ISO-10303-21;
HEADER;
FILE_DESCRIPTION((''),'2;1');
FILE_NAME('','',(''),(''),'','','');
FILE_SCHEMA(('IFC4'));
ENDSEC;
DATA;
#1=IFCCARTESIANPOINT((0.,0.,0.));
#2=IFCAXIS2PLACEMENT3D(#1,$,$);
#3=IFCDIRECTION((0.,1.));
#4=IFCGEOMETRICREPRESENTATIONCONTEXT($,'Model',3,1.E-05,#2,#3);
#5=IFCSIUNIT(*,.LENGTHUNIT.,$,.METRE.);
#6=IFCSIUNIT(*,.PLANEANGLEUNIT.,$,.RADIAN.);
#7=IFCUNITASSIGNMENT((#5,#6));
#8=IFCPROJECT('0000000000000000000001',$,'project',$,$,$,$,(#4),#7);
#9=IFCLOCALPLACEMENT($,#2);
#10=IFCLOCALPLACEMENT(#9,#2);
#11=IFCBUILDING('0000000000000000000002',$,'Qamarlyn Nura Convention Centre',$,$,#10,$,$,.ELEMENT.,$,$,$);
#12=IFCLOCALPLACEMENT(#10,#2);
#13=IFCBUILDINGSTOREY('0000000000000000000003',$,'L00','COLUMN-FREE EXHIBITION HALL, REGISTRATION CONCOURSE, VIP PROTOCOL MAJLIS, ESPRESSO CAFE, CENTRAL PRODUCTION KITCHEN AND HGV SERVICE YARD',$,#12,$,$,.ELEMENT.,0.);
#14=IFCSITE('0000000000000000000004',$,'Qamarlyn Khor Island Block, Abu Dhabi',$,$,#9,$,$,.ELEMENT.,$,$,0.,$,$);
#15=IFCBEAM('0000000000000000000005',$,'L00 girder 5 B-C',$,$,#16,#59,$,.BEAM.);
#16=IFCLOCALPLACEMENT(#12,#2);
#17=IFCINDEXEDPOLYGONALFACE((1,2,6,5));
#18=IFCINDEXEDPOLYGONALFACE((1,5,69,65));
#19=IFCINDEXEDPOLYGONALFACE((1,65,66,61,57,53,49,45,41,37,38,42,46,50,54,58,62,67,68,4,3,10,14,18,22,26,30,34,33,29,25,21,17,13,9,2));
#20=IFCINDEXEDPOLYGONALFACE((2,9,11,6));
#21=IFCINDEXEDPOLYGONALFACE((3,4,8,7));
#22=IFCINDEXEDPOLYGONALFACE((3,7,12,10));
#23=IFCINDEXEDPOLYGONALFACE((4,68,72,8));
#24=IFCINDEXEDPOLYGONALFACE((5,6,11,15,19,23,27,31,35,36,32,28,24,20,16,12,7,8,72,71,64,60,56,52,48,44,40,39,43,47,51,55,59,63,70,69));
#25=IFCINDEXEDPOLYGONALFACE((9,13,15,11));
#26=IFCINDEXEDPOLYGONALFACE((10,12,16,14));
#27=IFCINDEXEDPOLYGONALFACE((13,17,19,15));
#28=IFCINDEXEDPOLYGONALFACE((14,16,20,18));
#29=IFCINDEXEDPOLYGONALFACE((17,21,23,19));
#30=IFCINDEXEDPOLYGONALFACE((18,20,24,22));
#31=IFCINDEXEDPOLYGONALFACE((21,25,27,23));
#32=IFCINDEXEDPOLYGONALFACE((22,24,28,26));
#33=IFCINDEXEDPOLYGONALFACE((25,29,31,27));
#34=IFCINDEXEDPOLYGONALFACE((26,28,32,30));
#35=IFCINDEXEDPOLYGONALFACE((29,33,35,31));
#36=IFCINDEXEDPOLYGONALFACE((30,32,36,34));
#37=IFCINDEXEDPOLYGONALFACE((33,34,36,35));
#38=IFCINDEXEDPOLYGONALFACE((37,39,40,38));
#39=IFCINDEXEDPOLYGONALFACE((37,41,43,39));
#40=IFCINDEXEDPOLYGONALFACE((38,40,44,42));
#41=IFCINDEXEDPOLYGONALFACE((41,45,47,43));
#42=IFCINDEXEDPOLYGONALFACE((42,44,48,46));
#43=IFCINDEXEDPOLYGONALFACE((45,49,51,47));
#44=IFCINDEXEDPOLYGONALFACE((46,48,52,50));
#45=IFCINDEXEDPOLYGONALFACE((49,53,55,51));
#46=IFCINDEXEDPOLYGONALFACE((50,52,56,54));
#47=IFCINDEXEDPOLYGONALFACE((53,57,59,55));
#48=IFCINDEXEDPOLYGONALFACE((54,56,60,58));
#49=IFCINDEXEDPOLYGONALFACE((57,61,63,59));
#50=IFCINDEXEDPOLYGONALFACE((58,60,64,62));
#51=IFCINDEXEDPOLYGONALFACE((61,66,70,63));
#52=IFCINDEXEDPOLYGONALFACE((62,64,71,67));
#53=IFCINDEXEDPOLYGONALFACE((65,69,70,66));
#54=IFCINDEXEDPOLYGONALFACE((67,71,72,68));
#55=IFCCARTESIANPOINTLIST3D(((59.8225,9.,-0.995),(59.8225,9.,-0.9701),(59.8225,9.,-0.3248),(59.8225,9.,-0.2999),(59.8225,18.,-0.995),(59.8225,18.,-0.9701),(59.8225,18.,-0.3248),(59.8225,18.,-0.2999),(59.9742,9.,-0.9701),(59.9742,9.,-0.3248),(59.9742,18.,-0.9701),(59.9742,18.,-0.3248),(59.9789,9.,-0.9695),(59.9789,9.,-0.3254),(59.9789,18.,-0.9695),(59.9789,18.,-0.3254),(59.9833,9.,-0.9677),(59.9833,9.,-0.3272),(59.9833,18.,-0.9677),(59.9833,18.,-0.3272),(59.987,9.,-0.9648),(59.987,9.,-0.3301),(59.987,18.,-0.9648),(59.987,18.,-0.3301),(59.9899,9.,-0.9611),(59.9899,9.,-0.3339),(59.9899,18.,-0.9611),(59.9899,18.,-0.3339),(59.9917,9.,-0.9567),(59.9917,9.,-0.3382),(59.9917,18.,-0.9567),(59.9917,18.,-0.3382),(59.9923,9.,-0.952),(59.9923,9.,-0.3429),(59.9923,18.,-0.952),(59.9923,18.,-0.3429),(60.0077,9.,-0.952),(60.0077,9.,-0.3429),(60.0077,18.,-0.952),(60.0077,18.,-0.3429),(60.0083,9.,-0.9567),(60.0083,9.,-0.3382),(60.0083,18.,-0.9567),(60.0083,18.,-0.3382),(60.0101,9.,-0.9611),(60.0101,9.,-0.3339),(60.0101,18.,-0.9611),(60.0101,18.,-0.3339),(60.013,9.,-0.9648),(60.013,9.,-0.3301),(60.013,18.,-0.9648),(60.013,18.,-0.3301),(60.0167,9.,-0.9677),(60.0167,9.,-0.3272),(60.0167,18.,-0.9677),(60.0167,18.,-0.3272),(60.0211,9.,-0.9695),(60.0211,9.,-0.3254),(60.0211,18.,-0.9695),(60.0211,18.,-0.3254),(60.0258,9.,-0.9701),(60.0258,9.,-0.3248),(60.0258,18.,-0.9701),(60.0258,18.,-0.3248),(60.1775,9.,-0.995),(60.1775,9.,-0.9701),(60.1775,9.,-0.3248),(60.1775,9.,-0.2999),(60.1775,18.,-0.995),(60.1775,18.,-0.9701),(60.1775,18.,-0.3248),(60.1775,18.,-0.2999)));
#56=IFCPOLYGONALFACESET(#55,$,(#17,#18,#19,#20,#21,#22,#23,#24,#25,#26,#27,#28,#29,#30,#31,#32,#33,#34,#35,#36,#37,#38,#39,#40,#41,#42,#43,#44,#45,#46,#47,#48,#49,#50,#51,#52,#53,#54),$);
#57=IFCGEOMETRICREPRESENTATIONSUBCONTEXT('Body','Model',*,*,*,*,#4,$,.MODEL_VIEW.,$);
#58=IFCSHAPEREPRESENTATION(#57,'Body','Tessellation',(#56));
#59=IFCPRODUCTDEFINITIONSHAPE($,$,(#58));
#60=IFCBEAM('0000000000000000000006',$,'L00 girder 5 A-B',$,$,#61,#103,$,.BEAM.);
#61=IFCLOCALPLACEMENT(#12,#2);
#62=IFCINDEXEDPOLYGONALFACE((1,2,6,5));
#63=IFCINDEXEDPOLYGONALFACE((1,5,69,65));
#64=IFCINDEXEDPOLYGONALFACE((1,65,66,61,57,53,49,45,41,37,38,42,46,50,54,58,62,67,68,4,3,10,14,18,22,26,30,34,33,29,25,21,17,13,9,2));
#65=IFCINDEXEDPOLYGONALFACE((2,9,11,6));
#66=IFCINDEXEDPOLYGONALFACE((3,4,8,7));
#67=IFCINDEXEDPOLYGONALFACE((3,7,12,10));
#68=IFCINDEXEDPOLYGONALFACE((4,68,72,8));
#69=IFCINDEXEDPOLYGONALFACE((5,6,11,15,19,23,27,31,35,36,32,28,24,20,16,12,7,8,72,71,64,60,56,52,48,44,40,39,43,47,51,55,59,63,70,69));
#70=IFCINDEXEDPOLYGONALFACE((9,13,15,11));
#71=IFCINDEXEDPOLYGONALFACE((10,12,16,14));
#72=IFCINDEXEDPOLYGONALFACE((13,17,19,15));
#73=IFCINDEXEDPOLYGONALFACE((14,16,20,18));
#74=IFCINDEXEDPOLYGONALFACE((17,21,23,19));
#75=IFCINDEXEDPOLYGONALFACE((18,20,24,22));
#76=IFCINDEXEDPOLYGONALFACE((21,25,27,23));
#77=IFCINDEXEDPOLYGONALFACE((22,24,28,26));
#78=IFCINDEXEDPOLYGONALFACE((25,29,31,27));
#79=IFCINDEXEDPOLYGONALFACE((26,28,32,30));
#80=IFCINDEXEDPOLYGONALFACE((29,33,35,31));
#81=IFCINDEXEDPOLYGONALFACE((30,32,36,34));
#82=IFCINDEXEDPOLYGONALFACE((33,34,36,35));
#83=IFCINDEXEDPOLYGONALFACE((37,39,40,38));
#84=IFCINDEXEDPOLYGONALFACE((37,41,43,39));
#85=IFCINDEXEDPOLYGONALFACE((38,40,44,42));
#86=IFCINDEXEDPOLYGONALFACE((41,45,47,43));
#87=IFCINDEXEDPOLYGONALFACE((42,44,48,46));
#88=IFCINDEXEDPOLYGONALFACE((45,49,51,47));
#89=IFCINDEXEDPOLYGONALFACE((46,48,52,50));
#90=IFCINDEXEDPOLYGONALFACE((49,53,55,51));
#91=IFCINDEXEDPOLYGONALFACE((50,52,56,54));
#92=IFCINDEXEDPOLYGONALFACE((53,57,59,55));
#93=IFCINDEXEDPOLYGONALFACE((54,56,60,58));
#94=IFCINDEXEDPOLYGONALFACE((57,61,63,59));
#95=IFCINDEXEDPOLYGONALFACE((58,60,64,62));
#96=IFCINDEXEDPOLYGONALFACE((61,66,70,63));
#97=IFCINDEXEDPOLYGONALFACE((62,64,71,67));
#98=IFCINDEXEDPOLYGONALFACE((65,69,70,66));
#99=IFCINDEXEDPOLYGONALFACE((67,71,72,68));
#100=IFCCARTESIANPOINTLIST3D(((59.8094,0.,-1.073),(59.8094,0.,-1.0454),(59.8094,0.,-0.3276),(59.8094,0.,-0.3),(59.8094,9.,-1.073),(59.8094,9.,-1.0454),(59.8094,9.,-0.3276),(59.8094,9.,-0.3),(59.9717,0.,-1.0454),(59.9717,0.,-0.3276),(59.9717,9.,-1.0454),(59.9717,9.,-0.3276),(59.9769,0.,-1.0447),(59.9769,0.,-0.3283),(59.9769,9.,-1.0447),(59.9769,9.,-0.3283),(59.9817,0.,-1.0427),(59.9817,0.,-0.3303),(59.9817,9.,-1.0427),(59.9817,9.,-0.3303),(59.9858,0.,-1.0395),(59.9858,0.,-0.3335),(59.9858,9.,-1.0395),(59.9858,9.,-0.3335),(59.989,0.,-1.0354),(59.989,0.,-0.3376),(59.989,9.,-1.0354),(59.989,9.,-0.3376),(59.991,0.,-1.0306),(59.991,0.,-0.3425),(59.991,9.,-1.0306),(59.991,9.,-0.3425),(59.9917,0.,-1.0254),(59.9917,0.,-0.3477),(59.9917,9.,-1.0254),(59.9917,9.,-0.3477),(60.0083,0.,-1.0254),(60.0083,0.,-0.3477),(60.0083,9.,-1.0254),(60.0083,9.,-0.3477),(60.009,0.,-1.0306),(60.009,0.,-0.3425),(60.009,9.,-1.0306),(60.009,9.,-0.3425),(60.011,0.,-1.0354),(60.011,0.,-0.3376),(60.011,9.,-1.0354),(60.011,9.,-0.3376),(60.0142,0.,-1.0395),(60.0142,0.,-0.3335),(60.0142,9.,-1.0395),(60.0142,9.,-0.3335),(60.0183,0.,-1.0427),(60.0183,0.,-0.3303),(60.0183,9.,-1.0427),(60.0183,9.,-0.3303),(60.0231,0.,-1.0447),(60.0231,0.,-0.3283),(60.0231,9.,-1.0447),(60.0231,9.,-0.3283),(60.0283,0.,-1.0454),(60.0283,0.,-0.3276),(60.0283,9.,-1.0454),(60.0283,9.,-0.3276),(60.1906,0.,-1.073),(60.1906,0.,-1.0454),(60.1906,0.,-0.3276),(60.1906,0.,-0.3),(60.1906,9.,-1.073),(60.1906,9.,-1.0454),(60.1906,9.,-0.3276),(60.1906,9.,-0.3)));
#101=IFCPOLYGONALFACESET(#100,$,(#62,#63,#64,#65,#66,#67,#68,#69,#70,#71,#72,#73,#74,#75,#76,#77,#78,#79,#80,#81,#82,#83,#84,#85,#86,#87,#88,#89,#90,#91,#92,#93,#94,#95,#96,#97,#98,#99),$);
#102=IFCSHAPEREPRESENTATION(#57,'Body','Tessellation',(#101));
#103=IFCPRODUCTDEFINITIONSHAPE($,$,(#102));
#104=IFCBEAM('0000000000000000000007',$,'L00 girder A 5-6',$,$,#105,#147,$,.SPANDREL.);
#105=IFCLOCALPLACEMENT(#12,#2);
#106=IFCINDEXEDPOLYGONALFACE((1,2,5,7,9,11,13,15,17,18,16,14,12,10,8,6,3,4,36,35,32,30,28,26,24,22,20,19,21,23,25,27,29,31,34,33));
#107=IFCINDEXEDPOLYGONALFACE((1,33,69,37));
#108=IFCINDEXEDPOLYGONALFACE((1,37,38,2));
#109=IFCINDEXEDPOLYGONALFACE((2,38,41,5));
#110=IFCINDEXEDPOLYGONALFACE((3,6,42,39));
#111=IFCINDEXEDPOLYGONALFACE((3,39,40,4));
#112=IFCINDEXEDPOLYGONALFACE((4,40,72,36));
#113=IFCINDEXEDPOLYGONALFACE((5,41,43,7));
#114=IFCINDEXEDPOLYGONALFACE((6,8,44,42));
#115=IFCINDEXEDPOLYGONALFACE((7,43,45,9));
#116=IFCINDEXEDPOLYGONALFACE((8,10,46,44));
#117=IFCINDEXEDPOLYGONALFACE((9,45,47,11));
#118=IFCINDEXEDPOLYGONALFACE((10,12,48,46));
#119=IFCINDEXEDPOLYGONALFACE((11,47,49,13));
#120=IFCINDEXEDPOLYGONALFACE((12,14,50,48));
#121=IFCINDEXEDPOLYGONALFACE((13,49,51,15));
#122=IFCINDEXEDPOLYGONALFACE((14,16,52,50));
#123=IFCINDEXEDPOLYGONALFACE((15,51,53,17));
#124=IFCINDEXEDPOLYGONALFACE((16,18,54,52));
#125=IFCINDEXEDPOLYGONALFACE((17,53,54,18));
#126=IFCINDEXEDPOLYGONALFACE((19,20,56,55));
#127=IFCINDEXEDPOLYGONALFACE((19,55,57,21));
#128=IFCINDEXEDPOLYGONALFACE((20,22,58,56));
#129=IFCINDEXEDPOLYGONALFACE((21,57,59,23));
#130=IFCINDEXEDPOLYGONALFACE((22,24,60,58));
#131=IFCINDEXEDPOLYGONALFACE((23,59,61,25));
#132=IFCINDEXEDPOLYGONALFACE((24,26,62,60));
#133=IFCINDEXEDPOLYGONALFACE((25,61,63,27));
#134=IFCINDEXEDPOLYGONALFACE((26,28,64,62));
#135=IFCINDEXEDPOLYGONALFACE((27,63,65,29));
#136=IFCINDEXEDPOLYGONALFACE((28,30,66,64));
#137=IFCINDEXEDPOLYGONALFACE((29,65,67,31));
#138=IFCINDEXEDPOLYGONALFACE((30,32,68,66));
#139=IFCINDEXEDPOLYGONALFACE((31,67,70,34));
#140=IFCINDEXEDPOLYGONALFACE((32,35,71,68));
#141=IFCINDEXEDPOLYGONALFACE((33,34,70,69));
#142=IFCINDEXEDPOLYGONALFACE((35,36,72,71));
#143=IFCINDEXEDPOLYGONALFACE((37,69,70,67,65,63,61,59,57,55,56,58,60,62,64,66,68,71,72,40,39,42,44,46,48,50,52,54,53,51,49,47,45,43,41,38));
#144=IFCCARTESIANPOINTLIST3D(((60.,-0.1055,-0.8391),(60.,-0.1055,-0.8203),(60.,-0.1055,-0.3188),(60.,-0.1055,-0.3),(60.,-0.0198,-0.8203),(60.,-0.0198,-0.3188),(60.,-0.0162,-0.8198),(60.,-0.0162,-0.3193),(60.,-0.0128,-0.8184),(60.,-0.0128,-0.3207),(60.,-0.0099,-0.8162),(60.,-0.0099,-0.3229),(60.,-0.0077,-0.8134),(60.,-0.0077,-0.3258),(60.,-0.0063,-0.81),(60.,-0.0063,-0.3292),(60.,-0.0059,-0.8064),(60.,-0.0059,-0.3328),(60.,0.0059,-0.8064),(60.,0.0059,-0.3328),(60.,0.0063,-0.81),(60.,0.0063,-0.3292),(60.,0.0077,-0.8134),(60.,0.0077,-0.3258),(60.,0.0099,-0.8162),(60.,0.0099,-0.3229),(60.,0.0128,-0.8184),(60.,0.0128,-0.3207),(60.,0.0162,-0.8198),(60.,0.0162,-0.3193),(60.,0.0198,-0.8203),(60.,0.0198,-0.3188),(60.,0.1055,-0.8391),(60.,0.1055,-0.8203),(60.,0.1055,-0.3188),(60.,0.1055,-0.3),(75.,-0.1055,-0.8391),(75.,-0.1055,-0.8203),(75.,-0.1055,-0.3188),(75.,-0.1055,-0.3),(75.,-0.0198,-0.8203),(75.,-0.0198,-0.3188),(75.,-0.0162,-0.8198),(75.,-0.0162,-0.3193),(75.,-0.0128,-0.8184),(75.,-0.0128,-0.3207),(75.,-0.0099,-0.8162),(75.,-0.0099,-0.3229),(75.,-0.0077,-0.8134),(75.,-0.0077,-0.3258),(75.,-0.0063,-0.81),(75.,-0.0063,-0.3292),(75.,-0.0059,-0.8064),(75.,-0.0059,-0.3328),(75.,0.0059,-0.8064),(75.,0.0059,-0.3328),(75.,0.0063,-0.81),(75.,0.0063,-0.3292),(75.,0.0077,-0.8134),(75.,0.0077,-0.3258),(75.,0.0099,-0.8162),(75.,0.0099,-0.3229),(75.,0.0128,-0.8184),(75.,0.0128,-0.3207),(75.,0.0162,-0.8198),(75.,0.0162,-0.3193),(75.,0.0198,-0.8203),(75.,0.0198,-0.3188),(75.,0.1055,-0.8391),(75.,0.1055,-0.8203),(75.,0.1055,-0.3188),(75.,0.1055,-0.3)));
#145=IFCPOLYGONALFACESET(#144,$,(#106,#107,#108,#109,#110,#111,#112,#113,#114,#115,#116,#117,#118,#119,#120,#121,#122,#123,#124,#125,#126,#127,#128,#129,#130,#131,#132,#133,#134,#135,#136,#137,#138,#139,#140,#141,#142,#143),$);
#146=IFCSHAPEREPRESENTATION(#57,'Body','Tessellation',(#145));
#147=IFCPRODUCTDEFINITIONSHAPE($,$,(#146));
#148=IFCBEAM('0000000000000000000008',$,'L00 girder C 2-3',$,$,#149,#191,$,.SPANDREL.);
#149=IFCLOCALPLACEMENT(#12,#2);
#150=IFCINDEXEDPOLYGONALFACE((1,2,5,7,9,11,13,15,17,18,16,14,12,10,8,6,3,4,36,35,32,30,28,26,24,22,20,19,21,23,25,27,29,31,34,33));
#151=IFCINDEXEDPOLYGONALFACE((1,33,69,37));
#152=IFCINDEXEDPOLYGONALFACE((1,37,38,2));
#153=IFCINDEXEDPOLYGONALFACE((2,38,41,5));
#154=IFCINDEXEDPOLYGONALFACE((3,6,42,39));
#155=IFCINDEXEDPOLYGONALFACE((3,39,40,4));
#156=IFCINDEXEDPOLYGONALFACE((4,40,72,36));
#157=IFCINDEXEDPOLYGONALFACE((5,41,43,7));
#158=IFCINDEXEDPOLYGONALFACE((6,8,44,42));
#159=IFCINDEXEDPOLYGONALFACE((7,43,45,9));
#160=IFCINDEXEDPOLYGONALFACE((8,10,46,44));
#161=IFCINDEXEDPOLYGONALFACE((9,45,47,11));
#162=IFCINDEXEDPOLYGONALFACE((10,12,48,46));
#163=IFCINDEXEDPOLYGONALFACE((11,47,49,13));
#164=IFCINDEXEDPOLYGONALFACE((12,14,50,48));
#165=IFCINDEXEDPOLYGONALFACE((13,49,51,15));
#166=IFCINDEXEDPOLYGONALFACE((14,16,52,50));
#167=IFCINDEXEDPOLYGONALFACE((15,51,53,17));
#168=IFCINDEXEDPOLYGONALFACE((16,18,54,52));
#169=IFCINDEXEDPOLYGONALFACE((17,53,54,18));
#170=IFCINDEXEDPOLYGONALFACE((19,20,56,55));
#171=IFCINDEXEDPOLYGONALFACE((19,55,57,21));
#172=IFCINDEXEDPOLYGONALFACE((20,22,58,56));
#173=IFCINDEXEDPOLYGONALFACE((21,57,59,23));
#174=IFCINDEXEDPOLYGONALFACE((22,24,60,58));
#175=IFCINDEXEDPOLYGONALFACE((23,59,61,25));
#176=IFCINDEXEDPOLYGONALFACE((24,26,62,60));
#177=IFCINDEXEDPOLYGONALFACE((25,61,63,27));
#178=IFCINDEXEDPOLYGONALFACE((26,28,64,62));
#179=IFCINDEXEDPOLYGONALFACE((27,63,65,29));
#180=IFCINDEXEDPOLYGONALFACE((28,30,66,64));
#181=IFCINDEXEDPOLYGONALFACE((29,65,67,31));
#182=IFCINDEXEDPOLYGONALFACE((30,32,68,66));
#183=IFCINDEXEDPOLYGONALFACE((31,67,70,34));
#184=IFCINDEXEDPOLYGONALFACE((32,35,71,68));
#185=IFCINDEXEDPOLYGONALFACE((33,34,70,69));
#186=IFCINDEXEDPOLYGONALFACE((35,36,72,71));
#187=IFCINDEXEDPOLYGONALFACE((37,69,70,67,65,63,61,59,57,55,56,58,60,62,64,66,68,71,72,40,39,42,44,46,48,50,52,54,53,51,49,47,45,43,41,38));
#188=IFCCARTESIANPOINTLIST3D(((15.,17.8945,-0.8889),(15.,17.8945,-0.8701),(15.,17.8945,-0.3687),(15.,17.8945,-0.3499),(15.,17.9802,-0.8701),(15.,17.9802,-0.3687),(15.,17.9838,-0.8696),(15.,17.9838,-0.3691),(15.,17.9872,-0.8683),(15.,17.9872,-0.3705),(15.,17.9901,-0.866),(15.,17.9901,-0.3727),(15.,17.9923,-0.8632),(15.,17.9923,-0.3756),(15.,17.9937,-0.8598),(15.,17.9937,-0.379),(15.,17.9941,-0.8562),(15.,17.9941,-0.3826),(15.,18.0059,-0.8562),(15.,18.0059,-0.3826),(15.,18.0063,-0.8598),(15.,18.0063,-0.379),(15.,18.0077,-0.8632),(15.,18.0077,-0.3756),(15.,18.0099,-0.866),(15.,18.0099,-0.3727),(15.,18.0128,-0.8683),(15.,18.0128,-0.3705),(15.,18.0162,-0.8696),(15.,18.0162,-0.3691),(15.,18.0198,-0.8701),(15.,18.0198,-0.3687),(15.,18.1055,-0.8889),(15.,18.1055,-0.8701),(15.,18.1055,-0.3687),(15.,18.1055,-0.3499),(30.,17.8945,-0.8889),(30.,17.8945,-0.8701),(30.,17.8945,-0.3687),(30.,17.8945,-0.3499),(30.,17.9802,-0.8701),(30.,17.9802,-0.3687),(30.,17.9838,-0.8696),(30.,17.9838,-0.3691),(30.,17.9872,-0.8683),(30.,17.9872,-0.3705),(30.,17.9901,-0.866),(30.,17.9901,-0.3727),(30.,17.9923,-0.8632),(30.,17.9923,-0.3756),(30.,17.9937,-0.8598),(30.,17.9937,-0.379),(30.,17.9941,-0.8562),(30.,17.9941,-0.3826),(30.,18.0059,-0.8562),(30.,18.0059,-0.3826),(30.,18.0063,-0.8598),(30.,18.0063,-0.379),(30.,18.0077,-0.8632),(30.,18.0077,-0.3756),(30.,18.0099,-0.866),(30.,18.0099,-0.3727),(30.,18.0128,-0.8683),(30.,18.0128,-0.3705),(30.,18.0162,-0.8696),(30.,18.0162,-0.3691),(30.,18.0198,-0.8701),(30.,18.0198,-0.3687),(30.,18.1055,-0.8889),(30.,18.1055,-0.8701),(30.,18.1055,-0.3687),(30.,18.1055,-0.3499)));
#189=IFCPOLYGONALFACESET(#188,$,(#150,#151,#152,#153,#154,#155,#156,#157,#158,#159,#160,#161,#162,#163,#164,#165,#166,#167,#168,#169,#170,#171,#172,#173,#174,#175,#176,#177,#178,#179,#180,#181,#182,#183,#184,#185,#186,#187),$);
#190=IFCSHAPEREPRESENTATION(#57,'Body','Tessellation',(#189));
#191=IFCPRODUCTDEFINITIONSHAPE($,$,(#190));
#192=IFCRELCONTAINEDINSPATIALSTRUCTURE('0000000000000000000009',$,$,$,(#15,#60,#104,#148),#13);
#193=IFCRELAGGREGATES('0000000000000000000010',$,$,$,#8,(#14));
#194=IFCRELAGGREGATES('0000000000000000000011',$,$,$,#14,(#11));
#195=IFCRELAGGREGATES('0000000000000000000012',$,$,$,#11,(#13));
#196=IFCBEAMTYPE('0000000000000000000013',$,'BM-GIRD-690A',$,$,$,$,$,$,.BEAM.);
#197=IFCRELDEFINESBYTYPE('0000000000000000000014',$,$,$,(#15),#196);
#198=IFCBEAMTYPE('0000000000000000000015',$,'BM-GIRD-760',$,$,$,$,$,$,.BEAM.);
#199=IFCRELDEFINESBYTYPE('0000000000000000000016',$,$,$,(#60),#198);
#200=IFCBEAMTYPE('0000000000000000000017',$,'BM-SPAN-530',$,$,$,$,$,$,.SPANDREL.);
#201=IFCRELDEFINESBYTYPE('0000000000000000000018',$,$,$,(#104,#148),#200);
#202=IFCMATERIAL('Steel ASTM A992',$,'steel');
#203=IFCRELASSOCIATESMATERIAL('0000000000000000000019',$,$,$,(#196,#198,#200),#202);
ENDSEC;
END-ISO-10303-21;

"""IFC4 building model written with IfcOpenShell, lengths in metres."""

from ifc_helpers import new_model, si_unit, direction, frame, origin, origin_2d, place, context, subcontext, project, spatial, i_section, extrude, material, material_profile, profile_set, type_object, element, save


model = new_model("IFC4")

# Units and contexts
model_context = context("Model", 3, precision=1e-05, world=origin(), true_north=direction((0.0, 1.0)))
body_context = subcontext(model_context, "Body", "Model", "MODEL_VIEW")
ifc_project = project(units=[si_unit("LENGTHUNIT", "METRE"), si_unit("PLANEANGLEUNIT", "RADIAN")], contexts=[model_context])

# Site, building, storey
site_placement = place(None, origin())
site = spatial("IfcSite", under=ifc_project, at=site_placement, Name="Qamarlyn Khor Island Block, Abu Dhabi", CompositionType="ELEMENT", RefElevation=0.0)
building_placement = place(site_placement, origin())
building = spatial("IfcBuilding", under=site, at=building_placement, Name="Qamarlyn Nura Convention Centre", CompositionType="ELEMENT")
storey_placement = place(building_placement, origin())
storey = spatial("IfcBuildingStorey", under=building, at=storey_placement, Name="L00", Description="COLUMN-FREE EXHIBITION HALL, REGISTRATION CONCOURSE, VIP PROTOCOL MAJLIS, ESPRESSO CAFE, CENTRAL PRODUCTION KITCHEN AND HGV SERVICE YARD", CompositionType="ELEMENT", Elevation=0.0)

# Shared definitions
ifc_material_1 = material(Name="Steel ASTM A992", Category="steel")

# Beams
ifc_material_profile_1 = material_profile(ifc_material_1, i_section(OverallWidth=0.355, OverallDepth=0.6951, WebThickness=0.0154, FlangeThickness=0.0249, FilletRadius=0.0181, at=origin_2d()), Name="W690X217")
ifc_profile_set_1 = profile_set([ifc_material_profile_1], Name="Steel ASTM A992")
beam_type_1 = type_object("IfcBeamType", Name="BM-GIRD-690A", PredefinedType="BEAM", material=ifc_profile_set_1)
beam_1_placement = place(storey_placement, frame((60.0, 9.0, -0.6475), z_axis=(0.0, 1.0, 0.0), x_axis=(-1.0, 0.0, 0.0)))
element("IfcBeam", 1, at=beam_1_placement, inside=storey, type_object=beam_type_1, Name="L00 girder 5 B-C", PredefinedType="BEAM", context=body_context, shape_type="SweptSolid", body=[
    extrude(i_section(OverallWidth=0.355, OverallDepth=0.6951, WebThickness=0.0154, FlangeThickness=0.0249, FilletRadius=0.0181, at=origin_2d()), origin(), (0.0, 0.0, 1.0), 9.0),
])
ifc_material_profile_2 = material_profile(ifc_material_1, i_section(OverallWidth=0.3811, OverallDepth=0.7729, WebThickness=0.0166, FlangeThickness=0.0276, FilletRadius=0.02, at=origin_2d()), Name="W760X257")
ifc_profile_set_2 = profile_set([ifc_material_profile_2], Name="Steel ASTM A992")
beam_type_2 = type_object("IfcBeamType", Name="BM-GIRD-760", PredefinedType="BEAM", material=ifc_profile_set_2)
beam_2_placement = place(storey_placement, frame((60.0, 0.0, -0.6865), z_axis=(0.0, 1.0, 0.0), x_axis=(-1.0, 0.0, 0.0)))
element("IfcBeam", 2, at=beam_2_placement, inside=storey, type_object=beam_type_2, Name="L00 girder 5 A-B", PredefinedType="BEAM", context=body_context, shape_type="SweptSolid", body=[
    extrude(i_section(OverallWidth=0.3811, OverallDepth=0.7729, WebThickness=0.0166, FlangeThickness=0.0276, FilletRadius=0.02, at=origin_2d()), origin(), (0.0, 0.0, 1.0), 9.0),
])
ifc_material_profile_3 = material_profile(ifc_material_1, i_section(OverallWidth=0.2109, OverallDepth=0.5391, WebThickness=0.0117, FlangeThickness=0.0188, FilletRadius=0.0139, at=origin_2d()), Name="W530X109")
ifc_profile_set_3 = profile_set([ifc_material_profile_3], Name="Steel ASTM A992")
beam_type_3 = type_object("IfcBeamType", Name="BM-SPAN-530", PredefinedType="SPANDREL", material=ifc_profile_set_3)
for number, where, z_axis, x_axis, name in (
    (3, (60.0, 0.0, -0.5696), (1.0, 0.0, 0.0), (0.0, 1.0, 0.0), "L00 girder A 5-6"),
    (4, (15.0, 18.0, -0.6194), (1.0, 0.0, 0.0), (0.0, 1.0, 0.0), "L00 girder C 2-3"),
):
    element("IfcBeam", number, at=place(storey_placement, frame(where, z_axis=z_axis, x_axis=x_axis)), inside=storey, type_object=beam_type_3, Name=name, PredefinedType="SPANDREL", context=body_context, shape_type="SweptSolid", body=[
        extrude(i_section(OverallWidth=0.2109, OverallDepth=0.5391, WebThickness=0.0117, FlangeThickness=0.0188, FilletRadius=0.0139, at=origin_2d()), origin(), (0.0, 0.0, 1.0), 15.0),
    ])

save(model, "model.ifc")
